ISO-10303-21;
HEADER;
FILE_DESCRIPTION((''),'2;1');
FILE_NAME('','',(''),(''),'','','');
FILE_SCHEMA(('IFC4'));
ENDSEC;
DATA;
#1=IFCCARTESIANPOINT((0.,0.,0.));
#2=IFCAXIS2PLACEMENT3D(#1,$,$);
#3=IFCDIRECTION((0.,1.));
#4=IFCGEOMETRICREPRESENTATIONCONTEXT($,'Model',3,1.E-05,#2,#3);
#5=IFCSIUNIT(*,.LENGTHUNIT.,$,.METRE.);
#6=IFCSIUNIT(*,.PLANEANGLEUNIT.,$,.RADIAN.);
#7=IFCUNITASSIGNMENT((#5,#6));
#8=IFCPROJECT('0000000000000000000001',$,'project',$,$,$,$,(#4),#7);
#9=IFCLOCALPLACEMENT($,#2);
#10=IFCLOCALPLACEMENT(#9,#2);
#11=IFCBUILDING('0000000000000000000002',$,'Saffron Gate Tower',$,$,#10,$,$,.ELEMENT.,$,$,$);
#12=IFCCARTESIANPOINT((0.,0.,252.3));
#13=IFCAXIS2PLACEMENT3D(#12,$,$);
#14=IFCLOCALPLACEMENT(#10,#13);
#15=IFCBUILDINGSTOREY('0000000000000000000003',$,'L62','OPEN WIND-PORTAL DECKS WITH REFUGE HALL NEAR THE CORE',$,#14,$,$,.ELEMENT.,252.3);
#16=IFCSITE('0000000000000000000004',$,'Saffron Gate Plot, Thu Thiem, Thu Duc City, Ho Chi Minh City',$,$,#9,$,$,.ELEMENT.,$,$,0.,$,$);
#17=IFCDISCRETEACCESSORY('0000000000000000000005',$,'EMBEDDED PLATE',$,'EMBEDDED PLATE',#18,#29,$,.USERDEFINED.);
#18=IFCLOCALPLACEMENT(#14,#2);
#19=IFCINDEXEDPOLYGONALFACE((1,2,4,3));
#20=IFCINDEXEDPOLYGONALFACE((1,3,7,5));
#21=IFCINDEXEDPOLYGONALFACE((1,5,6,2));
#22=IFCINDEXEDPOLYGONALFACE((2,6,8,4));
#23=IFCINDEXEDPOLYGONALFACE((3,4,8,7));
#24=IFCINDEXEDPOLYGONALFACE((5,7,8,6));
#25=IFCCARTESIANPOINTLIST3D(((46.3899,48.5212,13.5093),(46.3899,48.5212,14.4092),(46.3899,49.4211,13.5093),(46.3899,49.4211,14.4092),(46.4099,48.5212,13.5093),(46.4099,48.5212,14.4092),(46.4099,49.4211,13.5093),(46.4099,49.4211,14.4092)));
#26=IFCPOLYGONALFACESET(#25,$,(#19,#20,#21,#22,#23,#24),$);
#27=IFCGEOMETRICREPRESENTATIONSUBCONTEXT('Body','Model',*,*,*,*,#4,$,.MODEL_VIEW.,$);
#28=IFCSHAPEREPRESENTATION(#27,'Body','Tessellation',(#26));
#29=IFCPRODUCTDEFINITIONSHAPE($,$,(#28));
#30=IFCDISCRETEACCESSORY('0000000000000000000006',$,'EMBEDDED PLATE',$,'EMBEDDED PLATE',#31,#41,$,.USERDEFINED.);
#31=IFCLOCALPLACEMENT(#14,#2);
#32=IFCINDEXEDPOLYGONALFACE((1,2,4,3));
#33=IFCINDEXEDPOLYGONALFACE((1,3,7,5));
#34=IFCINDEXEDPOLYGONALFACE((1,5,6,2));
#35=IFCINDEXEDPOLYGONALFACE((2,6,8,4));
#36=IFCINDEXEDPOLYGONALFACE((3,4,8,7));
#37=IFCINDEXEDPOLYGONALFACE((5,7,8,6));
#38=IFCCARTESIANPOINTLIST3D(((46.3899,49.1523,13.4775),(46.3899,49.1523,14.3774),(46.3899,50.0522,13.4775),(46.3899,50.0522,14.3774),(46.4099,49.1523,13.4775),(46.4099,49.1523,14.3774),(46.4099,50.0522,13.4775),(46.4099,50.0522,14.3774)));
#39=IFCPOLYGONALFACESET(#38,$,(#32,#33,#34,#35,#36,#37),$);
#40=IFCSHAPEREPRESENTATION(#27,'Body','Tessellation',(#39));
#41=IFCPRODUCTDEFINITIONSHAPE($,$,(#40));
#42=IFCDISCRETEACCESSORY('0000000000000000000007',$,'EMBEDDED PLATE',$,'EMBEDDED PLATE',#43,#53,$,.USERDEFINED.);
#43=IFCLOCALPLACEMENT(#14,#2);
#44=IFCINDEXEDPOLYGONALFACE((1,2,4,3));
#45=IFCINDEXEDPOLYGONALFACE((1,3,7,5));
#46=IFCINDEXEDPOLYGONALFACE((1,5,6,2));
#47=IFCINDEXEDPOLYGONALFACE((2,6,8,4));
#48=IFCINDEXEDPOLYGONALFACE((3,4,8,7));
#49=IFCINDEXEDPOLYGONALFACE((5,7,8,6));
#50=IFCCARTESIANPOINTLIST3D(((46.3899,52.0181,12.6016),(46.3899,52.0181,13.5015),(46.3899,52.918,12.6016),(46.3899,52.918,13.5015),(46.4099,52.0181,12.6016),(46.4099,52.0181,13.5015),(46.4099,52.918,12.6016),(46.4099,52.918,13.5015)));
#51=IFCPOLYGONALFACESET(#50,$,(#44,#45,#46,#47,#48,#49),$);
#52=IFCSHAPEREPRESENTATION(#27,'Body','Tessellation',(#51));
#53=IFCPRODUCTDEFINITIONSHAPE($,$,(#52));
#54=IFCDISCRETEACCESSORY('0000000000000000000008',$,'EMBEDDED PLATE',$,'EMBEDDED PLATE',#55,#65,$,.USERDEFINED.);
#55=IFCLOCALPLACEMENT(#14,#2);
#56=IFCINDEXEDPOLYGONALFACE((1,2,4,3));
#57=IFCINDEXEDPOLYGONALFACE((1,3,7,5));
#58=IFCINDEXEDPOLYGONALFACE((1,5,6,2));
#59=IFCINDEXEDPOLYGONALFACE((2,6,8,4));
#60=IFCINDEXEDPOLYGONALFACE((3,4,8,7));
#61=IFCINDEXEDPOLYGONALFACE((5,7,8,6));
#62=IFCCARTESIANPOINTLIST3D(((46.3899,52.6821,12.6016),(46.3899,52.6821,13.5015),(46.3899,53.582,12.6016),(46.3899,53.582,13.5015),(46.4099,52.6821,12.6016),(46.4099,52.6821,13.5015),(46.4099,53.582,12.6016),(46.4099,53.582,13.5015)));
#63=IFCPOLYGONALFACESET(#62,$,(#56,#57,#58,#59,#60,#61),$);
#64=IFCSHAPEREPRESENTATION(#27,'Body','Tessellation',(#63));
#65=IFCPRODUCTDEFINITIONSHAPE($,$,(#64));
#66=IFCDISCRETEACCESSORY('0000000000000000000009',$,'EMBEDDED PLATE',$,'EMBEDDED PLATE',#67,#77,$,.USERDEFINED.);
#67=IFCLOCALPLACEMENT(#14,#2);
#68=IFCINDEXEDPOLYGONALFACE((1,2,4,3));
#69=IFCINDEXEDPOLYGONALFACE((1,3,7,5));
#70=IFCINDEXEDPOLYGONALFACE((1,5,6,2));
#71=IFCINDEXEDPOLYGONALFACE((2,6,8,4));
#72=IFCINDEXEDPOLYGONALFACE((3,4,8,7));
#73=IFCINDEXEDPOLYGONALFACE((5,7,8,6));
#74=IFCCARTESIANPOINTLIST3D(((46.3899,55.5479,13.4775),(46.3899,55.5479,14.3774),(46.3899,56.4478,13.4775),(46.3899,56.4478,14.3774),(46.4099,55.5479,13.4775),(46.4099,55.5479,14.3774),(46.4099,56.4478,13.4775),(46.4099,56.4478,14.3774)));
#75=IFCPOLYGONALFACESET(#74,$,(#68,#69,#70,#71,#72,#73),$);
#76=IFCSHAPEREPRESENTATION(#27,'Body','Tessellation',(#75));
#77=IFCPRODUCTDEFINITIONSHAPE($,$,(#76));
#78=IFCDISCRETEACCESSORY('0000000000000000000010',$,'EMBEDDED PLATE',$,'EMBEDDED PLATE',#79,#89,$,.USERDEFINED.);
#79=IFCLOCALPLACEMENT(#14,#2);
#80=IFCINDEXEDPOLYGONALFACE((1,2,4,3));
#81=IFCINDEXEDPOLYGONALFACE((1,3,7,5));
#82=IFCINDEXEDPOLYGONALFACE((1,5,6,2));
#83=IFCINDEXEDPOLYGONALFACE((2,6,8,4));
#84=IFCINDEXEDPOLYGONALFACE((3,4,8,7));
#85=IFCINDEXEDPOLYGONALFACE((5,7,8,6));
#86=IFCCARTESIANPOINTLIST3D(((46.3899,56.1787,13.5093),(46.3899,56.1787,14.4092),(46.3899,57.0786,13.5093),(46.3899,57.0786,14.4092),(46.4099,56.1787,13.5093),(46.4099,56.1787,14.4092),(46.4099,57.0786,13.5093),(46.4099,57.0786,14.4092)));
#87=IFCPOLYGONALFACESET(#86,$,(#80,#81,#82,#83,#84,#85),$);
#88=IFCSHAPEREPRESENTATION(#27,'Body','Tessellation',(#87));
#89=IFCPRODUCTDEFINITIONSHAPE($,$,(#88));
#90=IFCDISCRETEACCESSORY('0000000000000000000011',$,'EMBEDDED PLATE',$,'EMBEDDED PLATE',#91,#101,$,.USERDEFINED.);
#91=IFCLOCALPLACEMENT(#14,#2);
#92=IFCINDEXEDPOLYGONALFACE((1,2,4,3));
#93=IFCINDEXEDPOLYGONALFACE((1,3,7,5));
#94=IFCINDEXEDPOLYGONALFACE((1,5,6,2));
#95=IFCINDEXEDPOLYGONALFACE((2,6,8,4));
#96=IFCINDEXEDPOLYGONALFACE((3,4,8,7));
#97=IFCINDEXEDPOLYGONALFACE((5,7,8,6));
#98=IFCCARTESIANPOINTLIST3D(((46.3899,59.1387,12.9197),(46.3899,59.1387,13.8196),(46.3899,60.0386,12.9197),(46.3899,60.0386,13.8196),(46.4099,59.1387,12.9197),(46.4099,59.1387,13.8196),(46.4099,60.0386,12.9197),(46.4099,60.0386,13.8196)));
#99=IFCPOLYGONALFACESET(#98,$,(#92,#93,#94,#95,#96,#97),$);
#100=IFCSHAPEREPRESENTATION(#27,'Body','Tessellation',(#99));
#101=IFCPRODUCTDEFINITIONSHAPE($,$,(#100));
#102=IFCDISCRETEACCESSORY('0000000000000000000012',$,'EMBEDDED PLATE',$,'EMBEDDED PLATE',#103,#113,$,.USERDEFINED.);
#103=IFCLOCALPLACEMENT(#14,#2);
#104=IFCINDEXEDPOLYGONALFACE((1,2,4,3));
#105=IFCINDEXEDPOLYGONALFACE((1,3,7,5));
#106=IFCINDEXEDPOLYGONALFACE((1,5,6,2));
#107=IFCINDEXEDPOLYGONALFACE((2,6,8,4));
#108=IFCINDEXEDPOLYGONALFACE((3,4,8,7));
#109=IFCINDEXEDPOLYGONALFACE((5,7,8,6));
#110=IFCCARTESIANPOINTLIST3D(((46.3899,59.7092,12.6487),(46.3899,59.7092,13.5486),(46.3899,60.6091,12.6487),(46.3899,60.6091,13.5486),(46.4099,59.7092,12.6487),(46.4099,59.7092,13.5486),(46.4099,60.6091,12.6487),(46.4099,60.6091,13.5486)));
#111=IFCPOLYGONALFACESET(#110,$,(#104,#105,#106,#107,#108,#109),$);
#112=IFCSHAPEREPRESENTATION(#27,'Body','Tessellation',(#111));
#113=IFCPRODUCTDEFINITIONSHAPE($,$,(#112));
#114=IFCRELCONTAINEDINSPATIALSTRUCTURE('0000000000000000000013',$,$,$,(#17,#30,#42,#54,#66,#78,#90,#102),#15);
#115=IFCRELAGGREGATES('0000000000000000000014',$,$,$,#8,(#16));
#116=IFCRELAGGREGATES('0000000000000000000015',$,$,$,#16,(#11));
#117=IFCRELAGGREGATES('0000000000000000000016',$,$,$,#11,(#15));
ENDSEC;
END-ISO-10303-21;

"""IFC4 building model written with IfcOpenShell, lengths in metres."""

from ifc_helpers import new_model, si_unit, direction, frame, origin, origin_2d, place, context, subcontext, project, spatial, rectangle, extrude, element, save


model = new_model("IFC4")

# Units and contexts
model_context = context("Model", 3, precision=1e-05, world=origin(), true_north=direction((0.0, 1.0)))
body_context = subcontext(model_context, "Body", "Model", "MODEL_VIEW")
ifc_project = project(units=[si_unit("LENGTHUNIT", "METRE"), si_unit("PLANEANGLEUNIT", "RADIAN")], contexts=[model_context])

# Site, building, storey
site_placement = place(None, origin())
site = spatial("IfcSite", under=ifc_project, at=site_placement, Name="Saffron Gate Plot, Thu Thiem, Thu Duc City, Ho Chi Minh City", CompositionType="ELEMENT", RefElevation=0.0)
building_placement = place(site_placement, origin())
building = spatial("IfcBuilding", under=site, at=building_placement, Name="Saffron Gate Tower", CompositionType="ELEMENT")
storey_placement = place(building_placement, frame((0.0, 0.0, 252.3)))
storey = spatial("IfcBuildingStorey", under=building, at=storey_placement, Name="L62", Description="OPEN WIND-PORTAL DECKS WITH REFUGE HALL NEAR THE CORE", CompositionType="ELEMENT", Elevation=252.3)

# Discrete accessories
for number, where, z_axis, x_axis, name in (
    (1, (46.3999, 48.9712, 13.5093), (0.0, 0.0, 1.0), (0.0, 1.0, 0.0), "EMBEDDED PLATE"),
    (2, (46.3999, 49.6023, 13.4775), (0.0, 0.0, 1.0), (0.0, 1.0, 0.0), "EMBEDDED PLATE"),
    (3, (46.3999, 52.468, 12.6016), (0.0, 0.0, 1.0), (0.0, 1.0, 0.0), "EMBEDDED PLATE"),
    (4, (46.3999, 53.1321, 12.6016), (0.0, 0.0, 1.0), (0.0, 1.0, 0.0), "EMBEDDED PLATE"),
    (5, (46.3999, 55.9978, 13.4775), (0.0, 0.0, 1.0), (0.0, 1.0, 0.0), "EMBEDDED PLATE"),
    (6, (46.3999, 56.6287, 13.5093), (0.0, 0.0, 1.0), (0.0, 1.0, 0.0), "EMBEDDED PLATE"),
    (7, (46.3999, 59.5886, 12.9197), (0.0, 0.0, 1.0), (0.0, 1.0, 0.0), "EMBEDDED PLATE"),
    (8, (46.3999, 60.1592, 12.6487), (0.0, 0.0, 1.0), (0.0, 1.0, 0.0), "EMBEDDED PLATE"),
):
    element("IfcDiscreteAccessory", number, at=place(storey_placement, frame(where, z_axis=z_axis, x_axis=x_axis)), inside=storey, Name=name, ObjectType="EMBEDDED PLATE", PredefinedType="USERDEFINED", context=body_context, shape_type="SweptSolid", body=[
        extrude(rectangle(XDim=0.8999, YDim=0.02, at=origin_2d()), origin(), (0.0, 0.0, 1.0), 0.8999),
    ])

save(model, "model.ifc")
